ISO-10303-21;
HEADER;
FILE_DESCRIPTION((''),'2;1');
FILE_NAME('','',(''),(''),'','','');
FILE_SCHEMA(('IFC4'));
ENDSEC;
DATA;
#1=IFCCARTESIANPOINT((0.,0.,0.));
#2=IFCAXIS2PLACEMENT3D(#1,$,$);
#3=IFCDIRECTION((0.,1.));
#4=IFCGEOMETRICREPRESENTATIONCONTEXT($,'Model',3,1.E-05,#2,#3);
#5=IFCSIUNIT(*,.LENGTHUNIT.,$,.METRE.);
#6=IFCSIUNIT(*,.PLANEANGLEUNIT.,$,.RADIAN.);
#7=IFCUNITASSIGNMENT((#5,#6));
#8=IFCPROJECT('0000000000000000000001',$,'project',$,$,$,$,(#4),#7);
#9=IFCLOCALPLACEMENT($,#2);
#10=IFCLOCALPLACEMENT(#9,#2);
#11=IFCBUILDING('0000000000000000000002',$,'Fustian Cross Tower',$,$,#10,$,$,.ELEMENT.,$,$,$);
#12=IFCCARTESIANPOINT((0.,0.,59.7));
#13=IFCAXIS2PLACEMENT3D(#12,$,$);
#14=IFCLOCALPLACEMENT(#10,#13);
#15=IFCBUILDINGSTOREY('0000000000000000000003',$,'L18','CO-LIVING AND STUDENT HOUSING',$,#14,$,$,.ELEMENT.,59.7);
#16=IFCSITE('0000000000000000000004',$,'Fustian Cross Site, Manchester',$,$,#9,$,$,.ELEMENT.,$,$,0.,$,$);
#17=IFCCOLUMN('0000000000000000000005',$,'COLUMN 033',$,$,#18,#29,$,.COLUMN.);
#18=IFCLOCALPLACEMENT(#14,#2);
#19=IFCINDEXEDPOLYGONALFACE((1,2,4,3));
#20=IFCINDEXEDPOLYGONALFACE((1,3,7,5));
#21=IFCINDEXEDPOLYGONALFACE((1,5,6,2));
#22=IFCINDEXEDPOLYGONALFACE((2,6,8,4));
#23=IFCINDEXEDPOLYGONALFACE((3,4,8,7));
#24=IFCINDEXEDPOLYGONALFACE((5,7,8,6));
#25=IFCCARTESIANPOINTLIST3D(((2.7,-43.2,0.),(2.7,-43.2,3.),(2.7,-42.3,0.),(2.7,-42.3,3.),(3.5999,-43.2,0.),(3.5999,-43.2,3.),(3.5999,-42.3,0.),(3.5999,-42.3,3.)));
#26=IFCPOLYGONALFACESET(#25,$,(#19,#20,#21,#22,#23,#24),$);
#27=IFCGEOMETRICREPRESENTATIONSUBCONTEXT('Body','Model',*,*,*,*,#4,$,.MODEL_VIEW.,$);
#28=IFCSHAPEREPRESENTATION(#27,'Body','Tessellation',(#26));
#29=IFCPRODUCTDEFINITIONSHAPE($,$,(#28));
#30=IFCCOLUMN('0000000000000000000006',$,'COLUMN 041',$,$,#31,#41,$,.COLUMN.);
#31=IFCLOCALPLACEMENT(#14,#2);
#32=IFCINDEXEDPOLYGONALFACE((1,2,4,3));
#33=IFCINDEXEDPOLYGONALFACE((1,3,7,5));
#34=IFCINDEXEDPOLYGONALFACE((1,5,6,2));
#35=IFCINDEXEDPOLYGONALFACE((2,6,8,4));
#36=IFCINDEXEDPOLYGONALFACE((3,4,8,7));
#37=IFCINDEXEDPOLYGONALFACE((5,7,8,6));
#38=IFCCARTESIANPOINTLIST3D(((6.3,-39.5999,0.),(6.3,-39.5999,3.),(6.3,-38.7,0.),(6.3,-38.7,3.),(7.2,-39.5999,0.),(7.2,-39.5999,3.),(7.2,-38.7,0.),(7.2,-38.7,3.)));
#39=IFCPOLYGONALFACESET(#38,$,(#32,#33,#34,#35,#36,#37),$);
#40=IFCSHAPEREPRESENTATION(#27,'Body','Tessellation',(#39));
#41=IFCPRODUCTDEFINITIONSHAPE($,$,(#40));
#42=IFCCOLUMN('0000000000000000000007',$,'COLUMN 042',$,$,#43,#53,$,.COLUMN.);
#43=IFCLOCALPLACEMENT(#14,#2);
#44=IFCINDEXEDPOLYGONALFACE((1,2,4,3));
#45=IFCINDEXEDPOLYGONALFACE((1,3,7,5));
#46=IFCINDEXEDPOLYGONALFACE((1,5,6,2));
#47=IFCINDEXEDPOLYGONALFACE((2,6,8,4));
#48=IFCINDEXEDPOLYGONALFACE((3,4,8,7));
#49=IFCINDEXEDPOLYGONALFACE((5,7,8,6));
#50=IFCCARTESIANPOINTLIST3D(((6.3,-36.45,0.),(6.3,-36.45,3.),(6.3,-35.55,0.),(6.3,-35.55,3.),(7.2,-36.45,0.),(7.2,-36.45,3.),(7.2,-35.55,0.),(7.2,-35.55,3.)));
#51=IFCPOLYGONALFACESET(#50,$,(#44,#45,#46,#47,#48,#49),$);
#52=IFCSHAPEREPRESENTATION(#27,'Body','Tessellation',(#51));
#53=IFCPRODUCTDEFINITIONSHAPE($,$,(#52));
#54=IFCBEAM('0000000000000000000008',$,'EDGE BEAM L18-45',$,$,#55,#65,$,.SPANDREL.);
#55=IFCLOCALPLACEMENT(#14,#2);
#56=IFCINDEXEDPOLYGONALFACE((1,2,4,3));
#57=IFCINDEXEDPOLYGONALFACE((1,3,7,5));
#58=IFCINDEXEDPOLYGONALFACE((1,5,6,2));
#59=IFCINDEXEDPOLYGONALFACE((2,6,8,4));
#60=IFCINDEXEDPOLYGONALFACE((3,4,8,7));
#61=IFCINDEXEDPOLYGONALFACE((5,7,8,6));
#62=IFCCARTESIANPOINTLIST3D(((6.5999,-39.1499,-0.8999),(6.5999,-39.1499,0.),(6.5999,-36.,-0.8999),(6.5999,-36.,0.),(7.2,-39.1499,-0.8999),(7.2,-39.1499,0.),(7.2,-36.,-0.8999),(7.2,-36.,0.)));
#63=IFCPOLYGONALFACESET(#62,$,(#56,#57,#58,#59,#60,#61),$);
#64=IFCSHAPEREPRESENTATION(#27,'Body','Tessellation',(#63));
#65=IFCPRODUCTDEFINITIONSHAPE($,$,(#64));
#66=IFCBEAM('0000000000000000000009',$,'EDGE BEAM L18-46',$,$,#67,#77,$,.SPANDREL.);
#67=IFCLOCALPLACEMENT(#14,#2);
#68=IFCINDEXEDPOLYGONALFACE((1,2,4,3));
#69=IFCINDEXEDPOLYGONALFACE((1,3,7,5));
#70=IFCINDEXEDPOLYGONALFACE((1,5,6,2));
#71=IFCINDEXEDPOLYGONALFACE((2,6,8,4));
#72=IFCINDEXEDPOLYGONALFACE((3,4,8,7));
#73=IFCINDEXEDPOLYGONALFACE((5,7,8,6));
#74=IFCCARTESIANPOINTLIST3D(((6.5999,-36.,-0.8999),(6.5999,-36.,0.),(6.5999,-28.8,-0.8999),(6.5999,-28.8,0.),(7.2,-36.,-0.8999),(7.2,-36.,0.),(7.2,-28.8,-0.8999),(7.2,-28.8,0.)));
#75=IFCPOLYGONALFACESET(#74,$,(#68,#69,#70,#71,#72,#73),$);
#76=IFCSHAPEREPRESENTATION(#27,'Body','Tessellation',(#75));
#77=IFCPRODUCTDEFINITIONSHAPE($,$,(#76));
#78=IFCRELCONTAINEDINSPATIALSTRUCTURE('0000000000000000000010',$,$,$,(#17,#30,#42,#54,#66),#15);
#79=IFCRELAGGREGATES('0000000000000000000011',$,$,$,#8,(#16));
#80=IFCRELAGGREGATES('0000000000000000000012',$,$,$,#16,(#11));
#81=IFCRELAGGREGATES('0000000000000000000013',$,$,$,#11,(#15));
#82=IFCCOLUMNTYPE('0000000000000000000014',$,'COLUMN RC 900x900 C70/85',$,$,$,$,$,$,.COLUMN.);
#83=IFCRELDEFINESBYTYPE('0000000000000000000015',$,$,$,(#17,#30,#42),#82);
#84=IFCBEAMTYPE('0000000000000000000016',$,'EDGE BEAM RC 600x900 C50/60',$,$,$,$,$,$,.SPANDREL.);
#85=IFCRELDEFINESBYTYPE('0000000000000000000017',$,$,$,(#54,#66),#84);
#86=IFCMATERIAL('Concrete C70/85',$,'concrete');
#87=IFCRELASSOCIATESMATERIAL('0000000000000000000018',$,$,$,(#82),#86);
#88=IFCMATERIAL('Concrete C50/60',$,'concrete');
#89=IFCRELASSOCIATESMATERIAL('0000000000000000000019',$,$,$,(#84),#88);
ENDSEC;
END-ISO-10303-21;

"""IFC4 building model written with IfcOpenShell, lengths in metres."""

from ifc_helpers import new_model, si_unit, direction, frame, origin, origin_2d, place, context, subcontext, project, spatial, rectangle, extrude, material, material_profile, profile_set, type_object, element, save


model = new_model("IFC4")

# Units and contexts
model_context = context("Model", 3, precision=1e-05, world=origin(), true_north=direction((0.0, 1.0)))
body_context = subcontext(model_context, "Body", "Model", "MODEL_VIEW")
ifc_project = project(units=[si_unit("LENGTHUNIT", "METRE"), si_unit("PLANEANGLEUNIT", "RADIAN")], contexts=[model_context])

# Site, building, storey
site_placement = place(None, origin())
site = spatial("IfcSite", under=ifc_project, at=site_placement, Name="Fustian Cross Site, Manchester", CompositionType="ELEMENT", RefElevation=0.0)
building_placement = place(site_placement, origin())
building = spatial("IfcBuilding", under=site, at=building_placement, Name="Fustian Cross Tower", CompositionType="ELEMENT")
storey_placement = place(building_placement, frame((0.0, 0.0, 59.7)))
storey = spatial("IfcBuildingStorey", under=building, at=storey_placement, Name="L18", Description="CO-LIVING AND STUDENT HOUSING", CompositionType="ELEMENT", Elevation=59.7)

# Columns
ifc_material_1 = material(Name="Concrete C70/85", Category="concrete")
ifc_material_profile_1 = material_profile(ifc_material_1, rectangle(XDim=0.8999, YDim=0.8999, at=origin_2d()), Name="RC 900x900")
ifc_profile_set_1 = profile_set([ifc_material_profile_1], Name="Concrete C70/85")
column_type = type_object("IfcColumnType", Name="COLUMN RC 900x900 C70/85", PredefinedType="COLUMN", material=ifc_profile_set_1)
for number, where, z_axis, x_axis, name in (
    (1, (3.1499, -42.75, 0.0), (0.0, 0.0, 1.0), (1.0, 0.0, 0.0), "COLUMN 033"),
    (2, (6.75, -39.1499, 0.0), (0.0, 0.0, 1.0), (1.0, 0.0, 0.0), "COLUMN 041"),
    (3, (6.75, -36.0, 0.0), (0.0, 0.0, 1.0), (1.0, 0.0, 0.0), "COLUMN 042"),
):
    element("IfcColumn", number, at=place(storey_placement, frame(where, z_axis=z_axis, x_axis=x_axis)), inside=storey, type_object=column_type, Name=name, PredefinedType="COLUMN", context=body_context, shape_type="SweptSolid", body=[
        extrude(rectangle(XDim=0.8999, YDim=0.8999, at=origin_2d()), origin(), (0.0, 0.0, 1.0), 3.0),
    ])

# Beams
ifc_material_2 = material(Name="Concrete C50/60", Category="concrete")
ifc_material_profile_2 = material_profile(ifc_material_2, rectangle(XDim=0.6001, YDim=0.8999, at=origin_2d()), Name="RC 600x900")
ifc_profile_set_2 = profile_set([ifc_material_profile_2], Name="Concrete C50/60")
beam_type = type_object("IfcBeamType", Name="EDGE BEAM RC 600x900 C50/60", PredefinedType="SPANDREL", material=ifc_profile_set_2)
beam_1_placement = place(storey_placement, frame((6.8999, -39.1499, -0.45), z_axis=(0.0, 1.0, 0.0), x_axis=(-1.0, 0.0, 0.0)))
element("IfcBeam", 4, at=beam_1_placement, inside=storey, type_object=beam_type, Name="EDGE BEAM L18-45", PredefinedType="SPANDREL", context=body_context, shape_type="SweptSolid", body=[
    extrude(rectangle(XDim=0.6001, YDim=0.8999, at=origin_2d()), origin(), (0.0, 0.0, 1.0), 3.1499),
])
beam_2_placement = place(storey_placement, frame((6.8999, -36.0, -0.45), z_axis=(0.0, 1.0, 0.0), x_axis=(-1.0, 0.0, 0.0)))
element("IfcBeam", 5, at=beam_2_placement, inside=storey, type_object=beam_type, Name="EDGE BEAM L18-46", PredefinedType="SPANDREL", context=body_context, shape_type="SweptSolid", body=[
    extrude(rectangle(XDim=0.6001, YDim=0.8999, at=origin_2d()), origin(), (0.0, 0.0, 1.0), 7.2),
])

save(model, "model.ifc")
